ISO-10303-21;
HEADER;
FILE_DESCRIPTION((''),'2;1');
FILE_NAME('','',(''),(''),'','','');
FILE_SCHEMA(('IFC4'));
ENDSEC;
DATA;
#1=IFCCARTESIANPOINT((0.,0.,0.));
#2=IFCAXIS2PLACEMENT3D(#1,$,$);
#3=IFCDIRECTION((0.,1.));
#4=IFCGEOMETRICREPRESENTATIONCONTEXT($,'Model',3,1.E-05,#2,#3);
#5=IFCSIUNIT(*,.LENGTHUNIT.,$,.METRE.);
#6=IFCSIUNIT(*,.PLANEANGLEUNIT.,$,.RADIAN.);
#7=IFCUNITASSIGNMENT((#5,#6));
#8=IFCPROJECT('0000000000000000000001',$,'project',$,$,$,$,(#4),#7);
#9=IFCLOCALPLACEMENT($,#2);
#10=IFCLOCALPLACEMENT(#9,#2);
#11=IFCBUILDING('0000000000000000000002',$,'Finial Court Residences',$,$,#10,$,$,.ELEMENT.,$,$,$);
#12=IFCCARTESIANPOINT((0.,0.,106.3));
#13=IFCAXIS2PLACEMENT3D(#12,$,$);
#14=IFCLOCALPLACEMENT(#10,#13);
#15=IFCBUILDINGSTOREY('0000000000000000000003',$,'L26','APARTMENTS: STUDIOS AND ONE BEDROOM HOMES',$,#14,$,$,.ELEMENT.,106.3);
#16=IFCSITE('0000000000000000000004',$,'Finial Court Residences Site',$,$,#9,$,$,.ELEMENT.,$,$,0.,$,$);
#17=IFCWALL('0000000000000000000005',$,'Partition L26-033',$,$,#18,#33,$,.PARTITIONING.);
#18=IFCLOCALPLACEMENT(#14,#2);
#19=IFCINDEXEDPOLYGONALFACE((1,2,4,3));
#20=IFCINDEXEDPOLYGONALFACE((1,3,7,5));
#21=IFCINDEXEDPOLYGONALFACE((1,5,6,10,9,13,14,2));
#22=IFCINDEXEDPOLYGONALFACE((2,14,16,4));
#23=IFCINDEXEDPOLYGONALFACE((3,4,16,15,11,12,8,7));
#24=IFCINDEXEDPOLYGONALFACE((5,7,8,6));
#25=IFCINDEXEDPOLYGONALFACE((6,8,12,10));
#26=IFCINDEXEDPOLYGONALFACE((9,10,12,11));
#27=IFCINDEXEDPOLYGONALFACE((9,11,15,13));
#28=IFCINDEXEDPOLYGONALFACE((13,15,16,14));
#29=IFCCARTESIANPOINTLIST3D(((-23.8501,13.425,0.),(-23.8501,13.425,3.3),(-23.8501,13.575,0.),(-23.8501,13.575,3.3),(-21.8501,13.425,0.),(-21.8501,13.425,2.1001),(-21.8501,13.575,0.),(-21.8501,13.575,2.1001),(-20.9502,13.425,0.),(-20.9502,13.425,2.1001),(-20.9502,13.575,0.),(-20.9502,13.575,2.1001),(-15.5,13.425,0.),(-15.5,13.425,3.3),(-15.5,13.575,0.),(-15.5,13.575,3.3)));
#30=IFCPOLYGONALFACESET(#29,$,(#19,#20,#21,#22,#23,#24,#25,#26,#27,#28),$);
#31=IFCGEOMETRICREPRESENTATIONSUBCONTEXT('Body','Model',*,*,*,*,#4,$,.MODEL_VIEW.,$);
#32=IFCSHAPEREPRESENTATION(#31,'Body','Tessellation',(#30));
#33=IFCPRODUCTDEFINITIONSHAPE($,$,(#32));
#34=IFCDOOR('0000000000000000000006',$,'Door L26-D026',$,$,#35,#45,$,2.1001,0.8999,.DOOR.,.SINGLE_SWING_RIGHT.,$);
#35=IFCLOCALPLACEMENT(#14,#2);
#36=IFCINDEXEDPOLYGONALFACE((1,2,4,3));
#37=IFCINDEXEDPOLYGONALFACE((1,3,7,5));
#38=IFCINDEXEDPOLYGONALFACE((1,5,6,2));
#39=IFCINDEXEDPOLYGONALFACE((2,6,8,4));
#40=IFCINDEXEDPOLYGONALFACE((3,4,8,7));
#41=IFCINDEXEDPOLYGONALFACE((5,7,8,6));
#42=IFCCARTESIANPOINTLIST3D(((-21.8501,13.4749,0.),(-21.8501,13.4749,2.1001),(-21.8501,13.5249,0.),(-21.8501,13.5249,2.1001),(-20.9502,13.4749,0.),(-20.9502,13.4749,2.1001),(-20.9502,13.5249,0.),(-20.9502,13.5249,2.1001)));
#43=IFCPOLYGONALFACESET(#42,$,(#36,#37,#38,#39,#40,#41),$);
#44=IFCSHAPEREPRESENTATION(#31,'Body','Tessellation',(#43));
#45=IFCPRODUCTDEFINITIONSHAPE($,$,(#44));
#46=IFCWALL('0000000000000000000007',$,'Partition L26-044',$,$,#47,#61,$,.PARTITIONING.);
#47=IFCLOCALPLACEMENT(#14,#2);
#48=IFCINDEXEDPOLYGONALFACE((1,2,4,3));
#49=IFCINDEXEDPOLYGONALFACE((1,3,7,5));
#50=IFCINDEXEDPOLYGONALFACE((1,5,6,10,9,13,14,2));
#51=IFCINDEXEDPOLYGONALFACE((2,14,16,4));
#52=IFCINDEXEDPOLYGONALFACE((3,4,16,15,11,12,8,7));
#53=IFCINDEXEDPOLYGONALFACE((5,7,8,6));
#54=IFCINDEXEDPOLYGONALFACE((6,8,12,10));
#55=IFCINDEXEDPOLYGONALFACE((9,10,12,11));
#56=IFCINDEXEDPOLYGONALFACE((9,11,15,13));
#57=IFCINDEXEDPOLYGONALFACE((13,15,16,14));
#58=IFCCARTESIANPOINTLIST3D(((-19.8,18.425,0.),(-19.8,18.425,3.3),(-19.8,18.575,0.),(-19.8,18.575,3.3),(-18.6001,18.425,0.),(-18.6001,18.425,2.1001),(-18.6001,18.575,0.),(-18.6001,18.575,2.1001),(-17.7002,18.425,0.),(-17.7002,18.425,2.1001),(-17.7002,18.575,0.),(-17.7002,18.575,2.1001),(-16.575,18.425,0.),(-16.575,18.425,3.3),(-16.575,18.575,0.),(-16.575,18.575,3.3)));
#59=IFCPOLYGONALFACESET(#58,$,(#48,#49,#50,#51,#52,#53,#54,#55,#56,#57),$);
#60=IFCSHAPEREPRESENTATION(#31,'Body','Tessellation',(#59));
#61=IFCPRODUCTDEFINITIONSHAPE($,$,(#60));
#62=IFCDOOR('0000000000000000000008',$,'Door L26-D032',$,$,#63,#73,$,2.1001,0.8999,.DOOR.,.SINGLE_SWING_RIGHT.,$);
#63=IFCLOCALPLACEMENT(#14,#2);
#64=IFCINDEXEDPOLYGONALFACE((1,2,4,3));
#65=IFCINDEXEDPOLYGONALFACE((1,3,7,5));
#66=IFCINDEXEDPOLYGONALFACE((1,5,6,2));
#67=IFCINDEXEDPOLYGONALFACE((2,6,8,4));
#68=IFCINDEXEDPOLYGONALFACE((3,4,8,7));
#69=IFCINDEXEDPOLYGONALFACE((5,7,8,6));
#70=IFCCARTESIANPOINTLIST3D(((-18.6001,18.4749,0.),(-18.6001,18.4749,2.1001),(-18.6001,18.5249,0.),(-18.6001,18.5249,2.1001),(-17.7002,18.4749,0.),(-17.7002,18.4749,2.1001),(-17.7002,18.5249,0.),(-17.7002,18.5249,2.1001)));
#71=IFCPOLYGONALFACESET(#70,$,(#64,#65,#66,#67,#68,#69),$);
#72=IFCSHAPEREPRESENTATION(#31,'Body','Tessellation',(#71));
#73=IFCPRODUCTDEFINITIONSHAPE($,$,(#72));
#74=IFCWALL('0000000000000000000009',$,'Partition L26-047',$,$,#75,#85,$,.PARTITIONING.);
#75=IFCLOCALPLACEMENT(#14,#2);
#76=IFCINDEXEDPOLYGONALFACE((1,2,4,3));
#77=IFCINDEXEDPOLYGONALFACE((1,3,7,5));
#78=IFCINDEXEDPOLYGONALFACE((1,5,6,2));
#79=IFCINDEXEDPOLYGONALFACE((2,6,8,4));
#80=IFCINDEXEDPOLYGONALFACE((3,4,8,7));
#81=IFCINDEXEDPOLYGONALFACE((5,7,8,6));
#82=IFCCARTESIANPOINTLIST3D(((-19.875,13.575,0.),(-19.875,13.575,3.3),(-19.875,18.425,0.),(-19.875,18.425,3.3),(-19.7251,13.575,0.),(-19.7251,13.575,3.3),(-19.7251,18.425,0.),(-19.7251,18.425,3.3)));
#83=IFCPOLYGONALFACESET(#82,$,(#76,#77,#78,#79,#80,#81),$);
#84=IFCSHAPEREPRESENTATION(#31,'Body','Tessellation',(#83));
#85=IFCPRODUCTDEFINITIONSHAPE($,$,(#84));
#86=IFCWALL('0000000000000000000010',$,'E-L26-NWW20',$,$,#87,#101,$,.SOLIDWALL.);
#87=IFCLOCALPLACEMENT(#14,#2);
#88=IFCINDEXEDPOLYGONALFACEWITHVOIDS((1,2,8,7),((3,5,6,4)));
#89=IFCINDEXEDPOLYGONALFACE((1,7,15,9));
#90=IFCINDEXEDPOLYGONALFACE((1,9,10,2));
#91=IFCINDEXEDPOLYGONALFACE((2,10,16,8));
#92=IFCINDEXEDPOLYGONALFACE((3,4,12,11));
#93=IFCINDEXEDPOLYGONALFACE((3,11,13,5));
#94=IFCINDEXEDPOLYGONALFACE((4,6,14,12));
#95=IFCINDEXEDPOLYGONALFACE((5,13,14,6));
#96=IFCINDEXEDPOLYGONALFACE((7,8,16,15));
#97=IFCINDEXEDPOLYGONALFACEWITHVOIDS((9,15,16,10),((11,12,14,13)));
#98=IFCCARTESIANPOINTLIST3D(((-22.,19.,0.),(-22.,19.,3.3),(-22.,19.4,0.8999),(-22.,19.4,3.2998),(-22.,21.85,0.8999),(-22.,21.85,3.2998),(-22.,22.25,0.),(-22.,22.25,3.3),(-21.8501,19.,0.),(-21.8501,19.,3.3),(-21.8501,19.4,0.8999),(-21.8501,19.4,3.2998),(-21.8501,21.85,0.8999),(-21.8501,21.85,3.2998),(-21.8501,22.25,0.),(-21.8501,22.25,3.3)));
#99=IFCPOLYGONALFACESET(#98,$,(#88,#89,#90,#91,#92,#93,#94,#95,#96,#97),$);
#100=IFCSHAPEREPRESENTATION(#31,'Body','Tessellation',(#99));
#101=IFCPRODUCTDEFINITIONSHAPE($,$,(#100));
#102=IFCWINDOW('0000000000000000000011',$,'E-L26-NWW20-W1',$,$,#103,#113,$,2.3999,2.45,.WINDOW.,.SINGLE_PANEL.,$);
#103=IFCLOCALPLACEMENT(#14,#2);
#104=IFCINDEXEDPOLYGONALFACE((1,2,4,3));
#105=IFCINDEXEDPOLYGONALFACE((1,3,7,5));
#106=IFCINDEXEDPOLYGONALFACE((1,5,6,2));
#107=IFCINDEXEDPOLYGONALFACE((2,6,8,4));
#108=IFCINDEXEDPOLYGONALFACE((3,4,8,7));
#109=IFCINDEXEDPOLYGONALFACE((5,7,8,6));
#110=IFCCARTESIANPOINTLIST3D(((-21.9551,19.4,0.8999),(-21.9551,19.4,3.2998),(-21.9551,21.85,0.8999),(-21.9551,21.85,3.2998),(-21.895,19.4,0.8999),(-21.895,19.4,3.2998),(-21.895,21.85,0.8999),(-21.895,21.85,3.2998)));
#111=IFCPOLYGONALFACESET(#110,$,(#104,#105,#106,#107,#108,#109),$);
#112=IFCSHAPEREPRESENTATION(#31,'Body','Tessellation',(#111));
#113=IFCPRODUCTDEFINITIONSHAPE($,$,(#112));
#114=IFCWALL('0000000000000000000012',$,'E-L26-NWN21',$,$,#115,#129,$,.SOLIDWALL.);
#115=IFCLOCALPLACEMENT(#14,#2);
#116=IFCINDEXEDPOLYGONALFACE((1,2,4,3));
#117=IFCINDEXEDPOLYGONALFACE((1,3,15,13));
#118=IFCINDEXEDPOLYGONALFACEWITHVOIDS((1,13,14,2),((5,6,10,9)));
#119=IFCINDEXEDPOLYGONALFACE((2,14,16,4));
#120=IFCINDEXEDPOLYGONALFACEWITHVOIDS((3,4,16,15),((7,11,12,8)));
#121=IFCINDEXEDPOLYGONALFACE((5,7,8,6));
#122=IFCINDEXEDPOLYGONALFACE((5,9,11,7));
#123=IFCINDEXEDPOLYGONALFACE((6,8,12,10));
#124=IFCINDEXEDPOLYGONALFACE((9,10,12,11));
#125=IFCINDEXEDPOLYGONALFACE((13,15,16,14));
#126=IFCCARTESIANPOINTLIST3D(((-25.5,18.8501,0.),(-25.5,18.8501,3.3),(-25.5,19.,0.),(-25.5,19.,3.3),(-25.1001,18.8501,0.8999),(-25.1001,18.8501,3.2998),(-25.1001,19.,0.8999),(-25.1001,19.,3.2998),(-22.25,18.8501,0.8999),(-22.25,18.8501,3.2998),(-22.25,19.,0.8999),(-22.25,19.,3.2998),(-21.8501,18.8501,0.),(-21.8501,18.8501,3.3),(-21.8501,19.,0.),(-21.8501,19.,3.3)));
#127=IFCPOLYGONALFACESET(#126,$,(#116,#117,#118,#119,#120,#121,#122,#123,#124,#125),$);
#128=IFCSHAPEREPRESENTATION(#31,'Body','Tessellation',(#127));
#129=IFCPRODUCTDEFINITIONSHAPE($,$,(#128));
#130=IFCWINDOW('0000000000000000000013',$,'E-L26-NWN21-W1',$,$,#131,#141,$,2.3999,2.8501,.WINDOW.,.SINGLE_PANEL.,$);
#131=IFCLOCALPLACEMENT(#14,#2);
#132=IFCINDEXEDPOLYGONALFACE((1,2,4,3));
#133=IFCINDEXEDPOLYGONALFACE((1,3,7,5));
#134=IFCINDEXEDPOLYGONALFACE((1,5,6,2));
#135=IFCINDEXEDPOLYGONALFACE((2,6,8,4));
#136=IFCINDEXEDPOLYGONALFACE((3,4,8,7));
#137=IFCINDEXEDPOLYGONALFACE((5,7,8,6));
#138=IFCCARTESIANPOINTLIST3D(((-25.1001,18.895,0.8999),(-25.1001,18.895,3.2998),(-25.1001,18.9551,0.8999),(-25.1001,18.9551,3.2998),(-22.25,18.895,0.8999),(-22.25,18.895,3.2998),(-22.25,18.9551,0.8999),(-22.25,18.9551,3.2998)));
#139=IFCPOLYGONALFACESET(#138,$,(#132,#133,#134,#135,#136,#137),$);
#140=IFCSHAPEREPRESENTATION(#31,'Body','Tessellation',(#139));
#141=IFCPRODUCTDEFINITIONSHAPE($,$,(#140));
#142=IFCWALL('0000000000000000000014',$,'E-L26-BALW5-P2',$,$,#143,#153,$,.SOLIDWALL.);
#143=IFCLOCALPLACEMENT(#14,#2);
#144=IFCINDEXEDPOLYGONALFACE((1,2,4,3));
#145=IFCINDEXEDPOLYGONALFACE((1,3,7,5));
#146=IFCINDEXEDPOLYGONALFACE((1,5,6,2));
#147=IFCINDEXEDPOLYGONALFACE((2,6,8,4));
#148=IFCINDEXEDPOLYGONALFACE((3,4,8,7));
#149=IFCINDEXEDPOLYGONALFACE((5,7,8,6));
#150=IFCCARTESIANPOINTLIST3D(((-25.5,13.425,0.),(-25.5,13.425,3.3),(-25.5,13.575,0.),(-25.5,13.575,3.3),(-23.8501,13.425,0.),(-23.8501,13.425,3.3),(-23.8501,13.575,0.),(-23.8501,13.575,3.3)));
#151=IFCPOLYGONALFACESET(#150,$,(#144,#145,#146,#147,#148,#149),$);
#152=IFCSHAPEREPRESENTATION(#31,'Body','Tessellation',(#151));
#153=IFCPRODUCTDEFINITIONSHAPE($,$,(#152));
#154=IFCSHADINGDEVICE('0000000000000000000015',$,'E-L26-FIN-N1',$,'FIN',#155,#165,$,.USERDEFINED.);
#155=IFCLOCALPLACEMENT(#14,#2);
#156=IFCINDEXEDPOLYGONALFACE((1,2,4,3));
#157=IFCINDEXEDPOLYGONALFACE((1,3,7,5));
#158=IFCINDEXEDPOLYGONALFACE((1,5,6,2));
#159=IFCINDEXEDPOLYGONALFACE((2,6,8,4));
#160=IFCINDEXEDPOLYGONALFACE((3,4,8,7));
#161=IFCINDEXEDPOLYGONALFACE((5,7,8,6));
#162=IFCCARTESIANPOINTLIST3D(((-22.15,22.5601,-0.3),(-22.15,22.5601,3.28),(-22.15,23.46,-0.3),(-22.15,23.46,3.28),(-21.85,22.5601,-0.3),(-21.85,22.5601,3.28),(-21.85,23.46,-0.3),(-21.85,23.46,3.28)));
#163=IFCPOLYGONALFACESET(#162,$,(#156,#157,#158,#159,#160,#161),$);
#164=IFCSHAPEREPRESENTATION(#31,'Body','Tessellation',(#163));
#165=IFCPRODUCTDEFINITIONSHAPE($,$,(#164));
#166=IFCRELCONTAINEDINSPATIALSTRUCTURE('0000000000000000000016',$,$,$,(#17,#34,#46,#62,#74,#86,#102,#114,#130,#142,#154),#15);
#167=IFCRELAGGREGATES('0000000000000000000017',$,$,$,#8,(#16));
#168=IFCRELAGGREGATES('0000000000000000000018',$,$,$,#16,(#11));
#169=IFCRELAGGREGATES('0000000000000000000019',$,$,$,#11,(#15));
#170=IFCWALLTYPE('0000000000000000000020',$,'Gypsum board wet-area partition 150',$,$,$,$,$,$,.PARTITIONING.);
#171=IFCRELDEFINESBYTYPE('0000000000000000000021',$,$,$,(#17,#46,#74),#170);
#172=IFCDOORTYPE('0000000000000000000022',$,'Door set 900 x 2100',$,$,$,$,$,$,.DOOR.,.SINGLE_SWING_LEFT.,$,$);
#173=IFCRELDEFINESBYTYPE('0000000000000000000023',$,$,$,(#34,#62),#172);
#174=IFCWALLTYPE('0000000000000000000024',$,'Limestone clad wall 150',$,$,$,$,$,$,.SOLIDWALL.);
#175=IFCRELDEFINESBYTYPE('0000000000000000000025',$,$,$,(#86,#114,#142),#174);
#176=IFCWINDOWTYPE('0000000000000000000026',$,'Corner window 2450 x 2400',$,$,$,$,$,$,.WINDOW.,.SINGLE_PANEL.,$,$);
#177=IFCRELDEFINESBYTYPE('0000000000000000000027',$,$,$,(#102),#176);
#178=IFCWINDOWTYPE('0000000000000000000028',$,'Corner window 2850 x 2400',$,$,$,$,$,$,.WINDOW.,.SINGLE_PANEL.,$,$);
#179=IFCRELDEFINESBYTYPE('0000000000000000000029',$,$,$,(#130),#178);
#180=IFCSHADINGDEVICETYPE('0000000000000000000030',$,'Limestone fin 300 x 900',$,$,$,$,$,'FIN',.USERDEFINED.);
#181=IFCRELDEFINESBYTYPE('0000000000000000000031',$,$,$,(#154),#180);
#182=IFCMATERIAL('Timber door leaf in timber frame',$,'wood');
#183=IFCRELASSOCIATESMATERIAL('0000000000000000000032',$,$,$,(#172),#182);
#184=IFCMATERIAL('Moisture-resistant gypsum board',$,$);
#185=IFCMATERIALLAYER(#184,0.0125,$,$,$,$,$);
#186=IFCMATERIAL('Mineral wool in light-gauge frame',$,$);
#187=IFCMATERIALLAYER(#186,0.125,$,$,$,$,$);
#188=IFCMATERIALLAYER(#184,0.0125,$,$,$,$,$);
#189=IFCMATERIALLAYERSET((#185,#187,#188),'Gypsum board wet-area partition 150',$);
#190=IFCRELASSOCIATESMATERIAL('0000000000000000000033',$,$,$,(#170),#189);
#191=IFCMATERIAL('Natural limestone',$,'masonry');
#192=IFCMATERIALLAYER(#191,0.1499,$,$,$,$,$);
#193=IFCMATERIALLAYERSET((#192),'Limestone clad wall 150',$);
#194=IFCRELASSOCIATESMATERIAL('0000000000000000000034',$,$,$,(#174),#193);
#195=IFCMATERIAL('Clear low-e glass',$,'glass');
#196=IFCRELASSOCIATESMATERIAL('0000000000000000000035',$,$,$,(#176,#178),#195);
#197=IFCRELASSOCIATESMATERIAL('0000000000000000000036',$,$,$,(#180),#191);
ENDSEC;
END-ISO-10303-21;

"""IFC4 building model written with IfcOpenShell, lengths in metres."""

from ifc_helpers import new_model, si_unit, direction, frame, frame_2d, origin, origin_2d, place, context, subcontext, project, spatial, rectangle, extrude, material, layer, layer_set, type_object, element, fill, save


model = new_model("IFC4")

# Units and contexts
model_context = context("Model", 3, precision=1e-05, world=origin(), true_north=direction((0.0, 1.0)))
body_context = subcontext(model_context, "Body", "Model", "MODEL_VIEW")
ifc_project = project(units=[si_unit("LENGTHUNIT", "METRE"), si_unit("PLANEANGLEUNIT", "RADIAN")], contexts=[model_context])

# Site, building, storey
site_placement = place(None, origin())
site = spatial("IfcSite", under=ifc_project, at=site_placement, Name="Finial Court Residences Site", CompositionType="ELEMENT", RefElevation=0.0)
building_placement = place(site_placement, origin())
building = spatial("IfcBuilding", under=site, at=building_placement, Name="Finial Court Residences", CompositionType="ELEMENT")
storey_placement = place(building_placement, frame((0.0, 0.0, 106.3)))
storey = spatial("IfcBuildingStorey", under=building, at=storey_placement, Name="L26", Description="APARTMENTS: STUDIOS AND ONE BEDROOM HOMES", CompositionType="ELEMENT", Elevation=106.3)

# Shared definitions
ifc_material_1 = material(Name="Clear low-e glass", Category="glass")

# Walls, openings, doors
ifc_material_2 = material(Name="Mineral wool in light-gauge frame")
ifc_material_3 = material(Name="Timber door leaf in timber frame", Category="wood")
door_type = type_object("IfcDoorType", Name="Door set 900 x 2100", OperationType="SINGLE_SWING_LEFT", PredefinedType="DOOR", material=ifc_material_3)
ifc_material_4 = material(Name="Moisture-resistant gypsum board")
ifc_layer_1 = layer(ifc_material_4, 0.0125)
ifc_layer_2 = layer(ifc_material_2, 0.125)
ifc_layer_3 = layer(ifc_material_4, 0.0125)
ifc_layer_set_1 = layer_set([ifc_layer_1, ifc_layer_2, ifc_layer_3], Name="Gypsum board wet-area partition 150")
wall_type_1 = type_object("IfcWallType", Name="Gypsum board wet-area partition 150", PredefinedType="PARTITIONING", material=ifc_layer_set_1)
wall_1_placement = place(storey_placement, frame((-23.8501, 13.5, 0.0), z_axis=(0.0, 0.0, 1.0), x_axis=(1.0, 0.0, 0.0)))
wall_1 = element("IfcWall", 1, at=wall_1_placement, inside=storey, type_object=wall_type_1, Name="Partition L26-033", PredefinedType="PARTITIONING", context=body_context, shape_type="SweptSolid", body=[
    extrude(rectangle(XDim=8.3501, YDim=0.1499, at=frame_2d((4.175, 0.0))), origin(), (0.0, 0.0, 1.0), 3.3),
])
opening_1_placement = place(wall_1_placement, frame((2.0, 0.0, 0.0)))
opening_1 = element("IfcOpeningElement", 2, at=opening_1_placement, cuts=wall_1, PredefinedType="OPENING", context=body_context, shape_type="SweptSolid", body=[
    extrude(rectangle(XDim=0.8999, YDim=2.1001, at=frame_2d((0.45, 1.05))), frame((0.0, 0.085, 0.0), z_axis=(0.0, -1.0, 0.0), x_axis=(1.0, 0.0, 0.0)), (0.0, 0.0, 1.0), 0.1699),
])
door_1_placement = place(opening_1_placement, origin())
door_1 = element("IfcDoor", 3, at=door_1_placement, inside=storey, type_object=door_type, Name="Door L26-D026", OperationType="SINGLE_SWING_RIGHT", OverallHeight=2.1001, OverallWidth=0.8999, PredefinedType="DOOR", context=body_context, shape_type="SweptSolid", body=[
    extrude(rectangle(XDim=0.8999, YDim=2.1001, at=frame_2d((0.45, 1.05))), frame((0.0, 0.0249, 0.0), z_axis=(0.0, -1.0, 0.0), x_axis=(1.0, 0.0, 0.0)), (0.0, 0.0, 1.0), 0.05),
])
fill(opening_1, door_1)
wall_2_placement = place(storey_placement, frame((-19.8, 18.5, 0.0), z_axis=(0.0, 0.0, 1.0), x_axis=(1.0, 0.0, 0.0)))
wall_2 = element("IfcWall", 4, at=wall_2_placement, inside=storey, type_object=wall_type_1, Name="Partition L26-044", PredefinedType="PARTITIONING", context=body_context, shape_type="SweptSolid", body=[
    extrude(rectangle(XDim=3.2251, YDim=0.1499, at=frame_2d((1.6125, 0.0))), origin(), (0.0, 0.0, 1.0), 3.3),
])
opening_2_placement = place(wall_2_placement, frame((1.2, 0.0, 0.0)))
opening_2 = element("IfcOpeningElement", 5, at=opening_2_placement, cuts=wall_2, PredefinedType="OPENING", context=body_context, shape_type="SweptSolid", body=[
    extrude(rectangle(XDim=0.8999, YDim=2.1001, at=frame_2d((0.45, 1.05))), frame((0.0, 0.085, 0.0), z_axis=(0.0, -1.0, 0.0), x_axis=(1.0, 0.0, 0.0)), (0.0, 0.0, 1.0), 0.1699),
])
door_2_placement = place(opening_2_placement, origin())
door_2 = element("IfcDoor", 6, at=door_2_placement, inside=storey, type_object=door_type, Name="Door L26-D032", OperationType="SINGLE_SWING_RIGHT", OverallHeight=2.1001, OverallWidth=0.8999, PredefinedType="DOOR", context=body_context, shape_type="SweptSolid", body=[
    extrude(rectangle(XDim=0.8999, YDim=2.1001, at=frame_2d((0.45, 1.05))), frame((0.0, 0.0249, 0.0), z_axis=(0.0, -1.0, 0.0), x_axis=(1.0, 0.0, 0.0)), (0.0, 0.0, 1.0), 0.05),
])
fill(opening_2, door_2)

# Wall
wall_3_placement = place(storey_placement, frame((-19.8, 13.575, 0.0), z_axis=(0.0, 0.0, 1.0), x_axis=(0.0, 1.0, 0.0)))
element("IfcWall", 7, at=wall_3_placement, inside=storey, type_object=wall_type_1, Name="Partition L26-047", PredefinedType="PARTITIONING", context=body_context, shape_type="SweptSolid", body=[
    extrude(rectangle(XDim=4.8501, YDim=0.1499, at=frame_2d((2.425, 0.0))), origin(), (0.0, 0.0, 1.0), 3.3),
])

# Walls, openings, windows
ifc_material_5 = material(Name="Natural limestone", Category="masonry")
ifc_layer_4 = layer(ifc_material_5, 0.1499)
ifc_layer_set_2 = layer_set([ifc_layer_4], Name="Limestone clad wall 150")
wall_type_2 = type_object("IfcWallType", Name="Limestone clad wall 150", PredefinedType="SOLIDWALL", material=ifc_layer_set_2)
wall_4_placement = place(storey_placement, frame((-21.925, 19.0, 0.0), z_axis=(0.0, 0.0, 1.0), x_axis=(0.0, 1.0, 0.0)))
wall_4 = element("IfcWall", 8, at=wall_4_placement, inside=storey, type_object=wall_type_2, Name="E-L26-NWW20", PredefinedType="SOLIDWALL", context=body_context, shape_type="SweptSolid", body=[
    extrude(rectangle(XDim=3.25, YDim=0.1499, at=frame_2d((1.625, 0.0))), origin(), (0.0, 0.0, 1.0), 3.3),
])
opening_3_placement = place(wall_4_placement, frame((0.3999, 0.0, 0.8999)))
opening_3 = element("IfcOpeningElement", 9, at=opening_3_placement, cuts=wall_4, PredefinedType="OPENING", context=body_context, shape_type="SweptSolid", body=[
    extrude(rectangle(XDim=2.45, YDim=2.3999, at=frame_2d((1.2251, 1.2))), frame((0.0, 0.085, 0.0), z_axis=(0.0, -1.0, 0.0), x_axis=(1.0, 0.0, 0.0)), (0.0, 0.0, 1.0), 0.1699),
])
window_type_1 = type_object("IfcWindowType", Name="Corner window 2450 x 2400", PartitioningType="SINGLE_PANEL", PredefinedType="WINDOW", material=ifc_material_1)
window_1_placement = place(opening_3_placement, origin())
window_1 = element("IfcWindow", 10, at=window_1_placement, inside=storey, type_object=window_type_1, Name="E-L26-NWW20-W1", OverallHeight=2.3999, OverallWidth=2.45, PartitioningType="SINGLE_PANEL", PredefinedType="WINDOW", context=body_context, shape_type="SweptSolid", body=[
    extrude(rectangle(XDim=2.45, YDim=2.3999, at=frame_2d((1.2251, 1.2))), frame((0.0, 0.03, 0.0), z_axis=(0.0, -1.0, 0.0), x_axis=(1.0, 0.0, 0.0)), (0.0, 0.0, 1.0), 0.0601),
])
fill(opening_3, window_1)
wall_5_placement = place(storey_placement, frame((-25.5, 18.925, 0.0), z_axis=(0.0, 0.0, 1.0), x_axis=(1.0, 0.0, 0.0)))
wall_5 = element("IfcWall", 11, at=wall_5_placement, inside=storey, type_object=wall_type_2, Name="E-L26-NWN21", PredefinedType="SOLIDWALL", context=body_context, shape_type="SweptSolid", body=[
    extrude(rectangle(XDim=3.6499, YDim=0.1499, at=frame_2d((1.825, 0.0))), origin(), (0.0, 0.0, 1.0), 3.3),
])
opening_4_placement = place(wall_5_placement, frame((0.3999, 0.0, 0.8999)))
opening_4 = element("IfcOpeningElement", 12, at=opening_4_placement, cuts=wall_5, PredefinedType="OPENING", context=body_context, shape_type="SweptSolid", body=[
    extrude(rectangle(XDim=2.8501, YDim=2.3999, at=frame_2d((1.425, 1.2))), frame((0.0, 0.085, 0.0), z_axis=(0.0, -1.0, 0.0), x_axis=(1.0, 0.0, 0.0)), (0.0, 0.0, 1.0), 0.1699),
])
window_type_2 = type_object("IfcWindowType", Name="Corner window 2850 x 2400", PartitioningType="SINGLE_PANEL", PredefinedType="WINDOW", material=ifc_material_1)
window_2_placement = place(opening_4_placement, origin())
window_2 = element("IfcWindow", 13, at=window_2_placement, inside=storey, type_object=window_type_2, Name="E-L26-NWN21-W1", OverallHeight=2.3999, OverallWidth=2.8501, PartitioningType="SINGLE_PANEL", PredefinedType="WINDOW", context=body_context, shape_type="SweptSolid", body=[
    extrude(rectangle(XDim=2.8501, YDim=2.3999, at=frame_2d((1.425, 1.2))), frame((0.0, 0.03, 0.0), z_axis=(0.0, -1.0, 0.0), x_axis=(1.0, 0.0, 0.0)), (0.0, 0.0, 1.0), 0.0601),
])
fill(opening_4, window_2)

# Wall
wall_6_placement = place(storey_placement, frame((-23.8501, 13.5, 0.0), z_axis=(0.0, 0.0, 1.0), x_axis=(-1.0, 0.0, 0.0)))
element("IfcWall", 14, at=wall_6_placement, inside=storey, type_object=wall_type_2, Name="E-L26-BALW5-P2", PredefinedType="SOLIDWALL", context=body_context, shape_type="SweptSolid", body=[
    extrude(rectangle(XDim=1.6499, YDim=0.1499, at=frame_2d((0.825, 0.0))), origin(), (0.0, 0.0, 1.0), 3.3),
])

# Shading device
shading_device_type = type_object("IfcShadingDeviceType", Name="Limestone fin 300 x 900", ElementType="FIN", PredefinedType="USERDEFINED", material=ifc_material_5)
shading_device_1_placement = place(storey_placement, frame((-22.0, 23.01, -0.3), z_axis=(0.0, 0.0, 1.0), x_axis=(1.0, 0.0, 0.0)))
element("IfcShadingDevice", 15, at=shading_device_1_placement, inside=storey, type_object=shading_device_type, Name="E-L26-FIN-N1", ObjectType="FIN", PredefinedType="USERDEFINED", context=body_context, shape_type="SweptSolid", body=[
    extrude(rectangle(XDim=0.3, YDim=0.8999, at=origin_2d()), origin(), (0.0, 0.0, 1.0), 3.5801),
])

save(model, "model.ifc")
